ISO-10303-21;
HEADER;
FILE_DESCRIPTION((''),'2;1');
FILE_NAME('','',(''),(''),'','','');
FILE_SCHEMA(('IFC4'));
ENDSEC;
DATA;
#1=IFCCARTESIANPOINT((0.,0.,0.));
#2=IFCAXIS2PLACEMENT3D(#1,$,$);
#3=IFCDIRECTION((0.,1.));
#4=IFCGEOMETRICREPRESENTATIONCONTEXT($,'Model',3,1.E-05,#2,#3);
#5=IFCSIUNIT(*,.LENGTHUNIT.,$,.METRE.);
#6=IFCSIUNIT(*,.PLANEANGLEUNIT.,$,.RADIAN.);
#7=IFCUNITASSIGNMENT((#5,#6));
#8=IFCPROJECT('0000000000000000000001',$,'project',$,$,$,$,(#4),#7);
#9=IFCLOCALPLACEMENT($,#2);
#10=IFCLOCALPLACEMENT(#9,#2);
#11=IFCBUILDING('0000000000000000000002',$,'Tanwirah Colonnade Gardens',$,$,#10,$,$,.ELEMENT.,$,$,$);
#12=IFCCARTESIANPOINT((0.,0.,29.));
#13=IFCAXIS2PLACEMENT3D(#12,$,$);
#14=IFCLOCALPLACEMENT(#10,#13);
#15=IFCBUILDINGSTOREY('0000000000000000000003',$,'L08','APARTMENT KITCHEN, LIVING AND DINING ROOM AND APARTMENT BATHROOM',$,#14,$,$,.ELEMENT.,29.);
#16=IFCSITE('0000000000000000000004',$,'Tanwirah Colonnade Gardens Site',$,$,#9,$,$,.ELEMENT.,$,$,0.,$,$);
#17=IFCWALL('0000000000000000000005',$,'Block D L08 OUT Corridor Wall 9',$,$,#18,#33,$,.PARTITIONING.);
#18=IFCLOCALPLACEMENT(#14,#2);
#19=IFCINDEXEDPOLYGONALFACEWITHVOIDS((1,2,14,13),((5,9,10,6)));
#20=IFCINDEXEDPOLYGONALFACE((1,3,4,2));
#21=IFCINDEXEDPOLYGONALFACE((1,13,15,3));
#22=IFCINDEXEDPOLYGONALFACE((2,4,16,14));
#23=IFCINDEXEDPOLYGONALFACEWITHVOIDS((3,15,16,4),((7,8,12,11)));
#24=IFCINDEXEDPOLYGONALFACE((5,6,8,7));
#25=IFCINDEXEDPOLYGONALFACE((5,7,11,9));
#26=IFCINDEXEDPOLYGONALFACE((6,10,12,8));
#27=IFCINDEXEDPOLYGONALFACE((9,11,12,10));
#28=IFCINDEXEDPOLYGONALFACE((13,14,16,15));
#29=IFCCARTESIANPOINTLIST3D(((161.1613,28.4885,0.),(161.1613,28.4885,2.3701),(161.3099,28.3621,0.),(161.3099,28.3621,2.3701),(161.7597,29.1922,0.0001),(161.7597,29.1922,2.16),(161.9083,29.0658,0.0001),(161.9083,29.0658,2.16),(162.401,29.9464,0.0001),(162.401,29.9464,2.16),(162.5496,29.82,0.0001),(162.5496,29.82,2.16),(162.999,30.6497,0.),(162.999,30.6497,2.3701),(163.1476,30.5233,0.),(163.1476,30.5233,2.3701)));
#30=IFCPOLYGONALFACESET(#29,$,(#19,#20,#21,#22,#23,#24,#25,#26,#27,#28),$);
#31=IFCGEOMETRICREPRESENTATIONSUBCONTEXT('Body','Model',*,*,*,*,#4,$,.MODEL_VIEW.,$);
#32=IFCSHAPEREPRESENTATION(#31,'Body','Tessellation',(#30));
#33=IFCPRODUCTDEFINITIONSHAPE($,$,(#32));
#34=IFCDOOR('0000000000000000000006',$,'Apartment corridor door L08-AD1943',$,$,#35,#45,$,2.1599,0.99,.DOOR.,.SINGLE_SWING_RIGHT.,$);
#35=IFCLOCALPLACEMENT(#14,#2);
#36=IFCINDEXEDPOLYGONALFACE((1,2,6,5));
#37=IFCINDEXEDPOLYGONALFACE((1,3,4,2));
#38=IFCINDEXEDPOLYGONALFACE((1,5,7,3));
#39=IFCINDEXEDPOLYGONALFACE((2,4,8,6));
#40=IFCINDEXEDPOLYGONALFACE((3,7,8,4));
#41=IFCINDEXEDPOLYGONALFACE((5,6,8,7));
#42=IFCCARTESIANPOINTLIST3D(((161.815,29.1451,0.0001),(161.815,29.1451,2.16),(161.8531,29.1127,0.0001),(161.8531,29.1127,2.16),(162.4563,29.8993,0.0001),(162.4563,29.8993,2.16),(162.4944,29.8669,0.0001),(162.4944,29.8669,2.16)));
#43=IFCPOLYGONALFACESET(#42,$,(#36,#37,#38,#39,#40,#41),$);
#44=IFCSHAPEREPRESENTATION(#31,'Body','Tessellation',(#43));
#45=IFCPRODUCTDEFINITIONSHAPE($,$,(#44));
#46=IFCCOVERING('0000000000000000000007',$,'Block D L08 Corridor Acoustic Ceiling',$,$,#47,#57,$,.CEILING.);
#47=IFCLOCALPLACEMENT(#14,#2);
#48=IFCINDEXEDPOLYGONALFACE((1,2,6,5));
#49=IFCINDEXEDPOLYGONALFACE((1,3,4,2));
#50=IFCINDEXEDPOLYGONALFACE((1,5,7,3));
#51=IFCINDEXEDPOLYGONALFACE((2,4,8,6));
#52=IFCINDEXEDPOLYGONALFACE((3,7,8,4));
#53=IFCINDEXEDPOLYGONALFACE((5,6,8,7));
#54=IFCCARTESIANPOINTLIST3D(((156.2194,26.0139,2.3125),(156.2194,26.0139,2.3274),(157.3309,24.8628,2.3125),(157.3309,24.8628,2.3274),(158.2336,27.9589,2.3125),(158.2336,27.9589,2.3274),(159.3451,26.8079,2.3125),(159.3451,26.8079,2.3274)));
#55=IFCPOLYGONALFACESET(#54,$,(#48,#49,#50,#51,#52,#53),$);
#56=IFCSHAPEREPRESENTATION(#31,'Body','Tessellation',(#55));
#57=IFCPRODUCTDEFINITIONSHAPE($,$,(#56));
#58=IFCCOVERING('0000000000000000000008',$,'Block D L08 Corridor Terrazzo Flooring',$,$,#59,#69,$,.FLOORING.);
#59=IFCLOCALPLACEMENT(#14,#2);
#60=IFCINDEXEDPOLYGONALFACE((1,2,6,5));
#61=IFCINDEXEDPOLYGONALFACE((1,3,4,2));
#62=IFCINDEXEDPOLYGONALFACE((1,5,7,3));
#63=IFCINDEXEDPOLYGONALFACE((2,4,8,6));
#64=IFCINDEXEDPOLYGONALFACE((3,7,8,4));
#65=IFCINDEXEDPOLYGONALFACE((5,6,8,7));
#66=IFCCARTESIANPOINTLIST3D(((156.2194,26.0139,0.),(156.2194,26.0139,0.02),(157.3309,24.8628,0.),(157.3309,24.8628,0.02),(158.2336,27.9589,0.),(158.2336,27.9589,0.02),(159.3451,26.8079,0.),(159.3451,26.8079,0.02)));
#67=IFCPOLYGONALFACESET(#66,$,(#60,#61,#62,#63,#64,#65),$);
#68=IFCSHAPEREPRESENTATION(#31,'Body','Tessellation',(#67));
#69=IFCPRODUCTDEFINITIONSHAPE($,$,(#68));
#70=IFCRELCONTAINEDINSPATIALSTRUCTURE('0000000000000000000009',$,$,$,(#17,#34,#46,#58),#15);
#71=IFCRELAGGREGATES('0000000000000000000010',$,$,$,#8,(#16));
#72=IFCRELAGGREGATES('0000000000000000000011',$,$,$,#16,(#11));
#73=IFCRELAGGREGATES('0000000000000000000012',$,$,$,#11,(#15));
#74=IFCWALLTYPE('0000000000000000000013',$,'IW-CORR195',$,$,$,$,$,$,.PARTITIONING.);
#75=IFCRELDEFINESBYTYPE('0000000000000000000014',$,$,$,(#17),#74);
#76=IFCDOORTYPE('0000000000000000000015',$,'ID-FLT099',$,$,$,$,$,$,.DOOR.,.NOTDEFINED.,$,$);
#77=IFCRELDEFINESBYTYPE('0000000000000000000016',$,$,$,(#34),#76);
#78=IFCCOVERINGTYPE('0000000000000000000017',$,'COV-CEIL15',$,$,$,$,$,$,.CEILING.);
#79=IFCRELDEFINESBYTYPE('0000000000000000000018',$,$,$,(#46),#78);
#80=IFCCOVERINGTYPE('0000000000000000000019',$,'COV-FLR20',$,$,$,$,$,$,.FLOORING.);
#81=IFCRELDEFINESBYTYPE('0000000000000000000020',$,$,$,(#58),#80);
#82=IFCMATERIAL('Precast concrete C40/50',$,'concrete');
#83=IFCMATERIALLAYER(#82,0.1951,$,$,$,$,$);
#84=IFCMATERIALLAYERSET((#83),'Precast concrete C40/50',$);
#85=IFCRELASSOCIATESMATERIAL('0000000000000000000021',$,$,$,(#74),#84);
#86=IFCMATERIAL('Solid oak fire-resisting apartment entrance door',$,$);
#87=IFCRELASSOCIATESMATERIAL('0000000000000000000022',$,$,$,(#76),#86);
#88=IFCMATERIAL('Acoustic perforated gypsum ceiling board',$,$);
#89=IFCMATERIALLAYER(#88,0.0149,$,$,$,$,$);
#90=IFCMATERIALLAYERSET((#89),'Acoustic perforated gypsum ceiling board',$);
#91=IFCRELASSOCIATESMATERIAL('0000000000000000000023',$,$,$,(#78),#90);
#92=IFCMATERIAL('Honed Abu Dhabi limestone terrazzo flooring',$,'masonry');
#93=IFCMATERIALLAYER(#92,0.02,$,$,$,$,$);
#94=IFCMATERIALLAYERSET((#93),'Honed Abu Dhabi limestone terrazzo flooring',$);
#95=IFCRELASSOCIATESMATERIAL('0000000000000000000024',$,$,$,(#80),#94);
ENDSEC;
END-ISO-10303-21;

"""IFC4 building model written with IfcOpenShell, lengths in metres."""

from ifc_helpers import new_model, si_unit, direction, frame, frame_2d, origin, origin_2d, place, context, subcontext, project, spatial, rectangle, extrude, material, layer, layer_set, type_object, element, fill, save


model = new_model("IFC4")

# Units and contexts
model_context = context("Model", 3, precision=1e-05, world=origin(), true_north=direction((0.0, 1.0)))
body_context = subcontext(model_context, "Body", "Model", "MODEL_VIEW")
ifc_project = project(units=[si_unit("LENGTHUNIT", "METRE"), si_unit("PLANEANGLEUNIT", "RADIAN")], contexts=[model_context])

# Site, building, storey
site_placement = place(None, origin())
site = spatial("IfcSite", under=ifc_project, at=site_placement, Name="Tanwirah Colonnade Gardens Site", CompositionType="ELEMENT", RefElevation=0.0)
building_placement = place(site_placement, origin())
building = spatial("IfcBuilding", under=site, at=building_placement, Name="Tanwirah Colonnade Gardens", CompositionType="ELEMENT")
storey_placement = place(building_placement, frame((0.0, 0.0, 29.0)))
storey = spatial("IfcBuildingStorey", under=building, at=storey_placement, Name="L08", Description="APARTMENT KITCHEN, LIVING AND DINING ROOM AND APARTMENT BATHROOM", CompositionType="ELEMENT", Elevation=29.0)

# Shared definitions
ifc_material_1 = material(Name="Precast concrete C40/50", Category="concrete")

# Wall, opening, door
ifc_layer_1 = layer(ifc_material_1, 0.1951)
ifc_layer_set_1 = layer_set([ifc_layer_1], Name="Precast concrete C40/50")
wall_type = type_object("IfcWallType", Name="IW-CORR195", PredefinedType="PARTITIONING", material=ifc_layer_set_1)
ifc_material_2 = material(Name="Solid oak fire-resisting apartment entrance door")
wall_1_placement = place(storey_placement, frame((161.2356, 28.4253, 0.0), z_axis=(0.0, 0.0, 1.0), x_axis=(0.647788, 0.76182, 0.0)))
wall_1 = element("IfcWall", 1, at=wall_1_placement, inside=storey, type_object=wall_type, Name="Block D L08 OUT Corridor Wall 9", PredefinedType="PARTITIONING", context=body_context, shape_type="SweptSolid", body=[
    extrude(rectangle(XDim=2.8369, YDim=0.1951, at=frame_2d((1.4185, 0.0))), origin(), (0.0, 0.0, 1.0), 2.3701),
])
opening_1_placement = place(wall_1_placement, frame((0.9236, 0.0, 0.0)))
opening_1 = element("IfcOpeningElement", 2, at=opening_1_placement, cuts=wall_1, PredefinedType="OPENING", context=body_context, shape_type="SweptSolid", body=[
    extrude(rectangle(XDim=0.99, YDim=2.1599, at=frame_2d((0.4951, 1.0801))), frame((0.0, 0.1074, 0.0), z_axis=(0.0, -1.0, 0.0), x_axis=(1.0, 0.0, 0.0)), (0.0, 0.0, 1.0), 0.2151),
])
door_type_1 = type_object("IfcDoorType", Name="ID-FLT099", OperationType="NOTDEFINED", PredefinedType="DOOR", material=ifc_material_2)
door_1_placement = place(opening_1_placement, origin())
door_1 = element("IfcDoor", 3, at=door_1_placement, inside=storey, type_object=door_type_1, Name="Apartment corridor door L08-AD1943", OperationType="SINGLE_SWING_RIGHT", OverallHeight=2.1599, OverallWidth=0.99, PredefinedType="DOOR", context=body_context, shape_type="SweptSolid", body=[
    extrude(rectangle(XDim=0.99, YDim=2.1599, at=frame_2d((0.4951, 1.0801))), frame((0.0, 0.0249, 0.0), z_axis=(0.0, -1.0, 0.0), x_axis=(1.0, 0.0, 0.0)), (0.0, 0.0, 1.0), 0.05),
])
fill(opening_1, door_1)

# Coverings
ifc_material_3 = material(Name="Acoustic perforated gypsum ceiling board")
ifc_layer_2 = layer(ifc_material_3, 0.0149)
ifc_layer_set_2 = layer_set([ifc_layer_2], Name="Acoustic perforated gypsum ceiling board")
covering_type_1 = type_object("IfcCoveringType", Name="COV-CEIL15", PredefinedType="CEILING", material=ifc_layer_set_2)
covering_1_placement = place(storey_placement, frame((157.7822, 26.4109, 2.3125), z_axis=(0.0, 0.0, 1.0), x_axis=(0.71934, 0.694658, 0.0)))
element("IfcCovering", 4, at=covering_1_placement, inside=storey, type_object=covering_type_1, Name="Block D L08 Corridor Acoustic Ceiling", PredefinedType="CEILING", context=body_context, shape_type="SweptSolid", body=[
    extrude(rectangle(XDim=2.8, YDim=1.6001, at=origin_2d()), origin(), (0.0, 0.0, 1.0), 0.0149),
])
ifc_material_4 = material(Name="Honed Abu Dhabi limestone terrazzo flooring", Category="masonry")
ifc_layer_3 = layer(ifc_material_4, 0.02)
ifc_layer_set_3 = layer_set([ifc_layer_3], Name="Honed Abu Dhabi limestone terrazzo flooring")
covering_type_2 = type_object("IfcCoveringType", Name="COV-FLR20", PredefinedType="FLOORING", material=ifc_layer_set_3)
covering_2_placement = place(storey_placement, frame((157.7822, 26.4109, 0.0), z_axis=(0.0, 0.0, 1.0), x_axis=(0.71934, 0.694658, 0.0)))
element("IfcCovering", 5, at=covering_2_placement, inside=storey, type_object=covering_type_2, Name="Block D L08 Corridor Terrazzo Flooring", PredefinedType="FLOORING", context=body_context, shape_type="SweptSolid", body=[
    extrude(rectangle(XDim=2.8, YDim=1.6001, at=origin_2d()), origin(), (0.0, 0.0, 1.0), 0.02),
])

save(model, "model.ifc")
